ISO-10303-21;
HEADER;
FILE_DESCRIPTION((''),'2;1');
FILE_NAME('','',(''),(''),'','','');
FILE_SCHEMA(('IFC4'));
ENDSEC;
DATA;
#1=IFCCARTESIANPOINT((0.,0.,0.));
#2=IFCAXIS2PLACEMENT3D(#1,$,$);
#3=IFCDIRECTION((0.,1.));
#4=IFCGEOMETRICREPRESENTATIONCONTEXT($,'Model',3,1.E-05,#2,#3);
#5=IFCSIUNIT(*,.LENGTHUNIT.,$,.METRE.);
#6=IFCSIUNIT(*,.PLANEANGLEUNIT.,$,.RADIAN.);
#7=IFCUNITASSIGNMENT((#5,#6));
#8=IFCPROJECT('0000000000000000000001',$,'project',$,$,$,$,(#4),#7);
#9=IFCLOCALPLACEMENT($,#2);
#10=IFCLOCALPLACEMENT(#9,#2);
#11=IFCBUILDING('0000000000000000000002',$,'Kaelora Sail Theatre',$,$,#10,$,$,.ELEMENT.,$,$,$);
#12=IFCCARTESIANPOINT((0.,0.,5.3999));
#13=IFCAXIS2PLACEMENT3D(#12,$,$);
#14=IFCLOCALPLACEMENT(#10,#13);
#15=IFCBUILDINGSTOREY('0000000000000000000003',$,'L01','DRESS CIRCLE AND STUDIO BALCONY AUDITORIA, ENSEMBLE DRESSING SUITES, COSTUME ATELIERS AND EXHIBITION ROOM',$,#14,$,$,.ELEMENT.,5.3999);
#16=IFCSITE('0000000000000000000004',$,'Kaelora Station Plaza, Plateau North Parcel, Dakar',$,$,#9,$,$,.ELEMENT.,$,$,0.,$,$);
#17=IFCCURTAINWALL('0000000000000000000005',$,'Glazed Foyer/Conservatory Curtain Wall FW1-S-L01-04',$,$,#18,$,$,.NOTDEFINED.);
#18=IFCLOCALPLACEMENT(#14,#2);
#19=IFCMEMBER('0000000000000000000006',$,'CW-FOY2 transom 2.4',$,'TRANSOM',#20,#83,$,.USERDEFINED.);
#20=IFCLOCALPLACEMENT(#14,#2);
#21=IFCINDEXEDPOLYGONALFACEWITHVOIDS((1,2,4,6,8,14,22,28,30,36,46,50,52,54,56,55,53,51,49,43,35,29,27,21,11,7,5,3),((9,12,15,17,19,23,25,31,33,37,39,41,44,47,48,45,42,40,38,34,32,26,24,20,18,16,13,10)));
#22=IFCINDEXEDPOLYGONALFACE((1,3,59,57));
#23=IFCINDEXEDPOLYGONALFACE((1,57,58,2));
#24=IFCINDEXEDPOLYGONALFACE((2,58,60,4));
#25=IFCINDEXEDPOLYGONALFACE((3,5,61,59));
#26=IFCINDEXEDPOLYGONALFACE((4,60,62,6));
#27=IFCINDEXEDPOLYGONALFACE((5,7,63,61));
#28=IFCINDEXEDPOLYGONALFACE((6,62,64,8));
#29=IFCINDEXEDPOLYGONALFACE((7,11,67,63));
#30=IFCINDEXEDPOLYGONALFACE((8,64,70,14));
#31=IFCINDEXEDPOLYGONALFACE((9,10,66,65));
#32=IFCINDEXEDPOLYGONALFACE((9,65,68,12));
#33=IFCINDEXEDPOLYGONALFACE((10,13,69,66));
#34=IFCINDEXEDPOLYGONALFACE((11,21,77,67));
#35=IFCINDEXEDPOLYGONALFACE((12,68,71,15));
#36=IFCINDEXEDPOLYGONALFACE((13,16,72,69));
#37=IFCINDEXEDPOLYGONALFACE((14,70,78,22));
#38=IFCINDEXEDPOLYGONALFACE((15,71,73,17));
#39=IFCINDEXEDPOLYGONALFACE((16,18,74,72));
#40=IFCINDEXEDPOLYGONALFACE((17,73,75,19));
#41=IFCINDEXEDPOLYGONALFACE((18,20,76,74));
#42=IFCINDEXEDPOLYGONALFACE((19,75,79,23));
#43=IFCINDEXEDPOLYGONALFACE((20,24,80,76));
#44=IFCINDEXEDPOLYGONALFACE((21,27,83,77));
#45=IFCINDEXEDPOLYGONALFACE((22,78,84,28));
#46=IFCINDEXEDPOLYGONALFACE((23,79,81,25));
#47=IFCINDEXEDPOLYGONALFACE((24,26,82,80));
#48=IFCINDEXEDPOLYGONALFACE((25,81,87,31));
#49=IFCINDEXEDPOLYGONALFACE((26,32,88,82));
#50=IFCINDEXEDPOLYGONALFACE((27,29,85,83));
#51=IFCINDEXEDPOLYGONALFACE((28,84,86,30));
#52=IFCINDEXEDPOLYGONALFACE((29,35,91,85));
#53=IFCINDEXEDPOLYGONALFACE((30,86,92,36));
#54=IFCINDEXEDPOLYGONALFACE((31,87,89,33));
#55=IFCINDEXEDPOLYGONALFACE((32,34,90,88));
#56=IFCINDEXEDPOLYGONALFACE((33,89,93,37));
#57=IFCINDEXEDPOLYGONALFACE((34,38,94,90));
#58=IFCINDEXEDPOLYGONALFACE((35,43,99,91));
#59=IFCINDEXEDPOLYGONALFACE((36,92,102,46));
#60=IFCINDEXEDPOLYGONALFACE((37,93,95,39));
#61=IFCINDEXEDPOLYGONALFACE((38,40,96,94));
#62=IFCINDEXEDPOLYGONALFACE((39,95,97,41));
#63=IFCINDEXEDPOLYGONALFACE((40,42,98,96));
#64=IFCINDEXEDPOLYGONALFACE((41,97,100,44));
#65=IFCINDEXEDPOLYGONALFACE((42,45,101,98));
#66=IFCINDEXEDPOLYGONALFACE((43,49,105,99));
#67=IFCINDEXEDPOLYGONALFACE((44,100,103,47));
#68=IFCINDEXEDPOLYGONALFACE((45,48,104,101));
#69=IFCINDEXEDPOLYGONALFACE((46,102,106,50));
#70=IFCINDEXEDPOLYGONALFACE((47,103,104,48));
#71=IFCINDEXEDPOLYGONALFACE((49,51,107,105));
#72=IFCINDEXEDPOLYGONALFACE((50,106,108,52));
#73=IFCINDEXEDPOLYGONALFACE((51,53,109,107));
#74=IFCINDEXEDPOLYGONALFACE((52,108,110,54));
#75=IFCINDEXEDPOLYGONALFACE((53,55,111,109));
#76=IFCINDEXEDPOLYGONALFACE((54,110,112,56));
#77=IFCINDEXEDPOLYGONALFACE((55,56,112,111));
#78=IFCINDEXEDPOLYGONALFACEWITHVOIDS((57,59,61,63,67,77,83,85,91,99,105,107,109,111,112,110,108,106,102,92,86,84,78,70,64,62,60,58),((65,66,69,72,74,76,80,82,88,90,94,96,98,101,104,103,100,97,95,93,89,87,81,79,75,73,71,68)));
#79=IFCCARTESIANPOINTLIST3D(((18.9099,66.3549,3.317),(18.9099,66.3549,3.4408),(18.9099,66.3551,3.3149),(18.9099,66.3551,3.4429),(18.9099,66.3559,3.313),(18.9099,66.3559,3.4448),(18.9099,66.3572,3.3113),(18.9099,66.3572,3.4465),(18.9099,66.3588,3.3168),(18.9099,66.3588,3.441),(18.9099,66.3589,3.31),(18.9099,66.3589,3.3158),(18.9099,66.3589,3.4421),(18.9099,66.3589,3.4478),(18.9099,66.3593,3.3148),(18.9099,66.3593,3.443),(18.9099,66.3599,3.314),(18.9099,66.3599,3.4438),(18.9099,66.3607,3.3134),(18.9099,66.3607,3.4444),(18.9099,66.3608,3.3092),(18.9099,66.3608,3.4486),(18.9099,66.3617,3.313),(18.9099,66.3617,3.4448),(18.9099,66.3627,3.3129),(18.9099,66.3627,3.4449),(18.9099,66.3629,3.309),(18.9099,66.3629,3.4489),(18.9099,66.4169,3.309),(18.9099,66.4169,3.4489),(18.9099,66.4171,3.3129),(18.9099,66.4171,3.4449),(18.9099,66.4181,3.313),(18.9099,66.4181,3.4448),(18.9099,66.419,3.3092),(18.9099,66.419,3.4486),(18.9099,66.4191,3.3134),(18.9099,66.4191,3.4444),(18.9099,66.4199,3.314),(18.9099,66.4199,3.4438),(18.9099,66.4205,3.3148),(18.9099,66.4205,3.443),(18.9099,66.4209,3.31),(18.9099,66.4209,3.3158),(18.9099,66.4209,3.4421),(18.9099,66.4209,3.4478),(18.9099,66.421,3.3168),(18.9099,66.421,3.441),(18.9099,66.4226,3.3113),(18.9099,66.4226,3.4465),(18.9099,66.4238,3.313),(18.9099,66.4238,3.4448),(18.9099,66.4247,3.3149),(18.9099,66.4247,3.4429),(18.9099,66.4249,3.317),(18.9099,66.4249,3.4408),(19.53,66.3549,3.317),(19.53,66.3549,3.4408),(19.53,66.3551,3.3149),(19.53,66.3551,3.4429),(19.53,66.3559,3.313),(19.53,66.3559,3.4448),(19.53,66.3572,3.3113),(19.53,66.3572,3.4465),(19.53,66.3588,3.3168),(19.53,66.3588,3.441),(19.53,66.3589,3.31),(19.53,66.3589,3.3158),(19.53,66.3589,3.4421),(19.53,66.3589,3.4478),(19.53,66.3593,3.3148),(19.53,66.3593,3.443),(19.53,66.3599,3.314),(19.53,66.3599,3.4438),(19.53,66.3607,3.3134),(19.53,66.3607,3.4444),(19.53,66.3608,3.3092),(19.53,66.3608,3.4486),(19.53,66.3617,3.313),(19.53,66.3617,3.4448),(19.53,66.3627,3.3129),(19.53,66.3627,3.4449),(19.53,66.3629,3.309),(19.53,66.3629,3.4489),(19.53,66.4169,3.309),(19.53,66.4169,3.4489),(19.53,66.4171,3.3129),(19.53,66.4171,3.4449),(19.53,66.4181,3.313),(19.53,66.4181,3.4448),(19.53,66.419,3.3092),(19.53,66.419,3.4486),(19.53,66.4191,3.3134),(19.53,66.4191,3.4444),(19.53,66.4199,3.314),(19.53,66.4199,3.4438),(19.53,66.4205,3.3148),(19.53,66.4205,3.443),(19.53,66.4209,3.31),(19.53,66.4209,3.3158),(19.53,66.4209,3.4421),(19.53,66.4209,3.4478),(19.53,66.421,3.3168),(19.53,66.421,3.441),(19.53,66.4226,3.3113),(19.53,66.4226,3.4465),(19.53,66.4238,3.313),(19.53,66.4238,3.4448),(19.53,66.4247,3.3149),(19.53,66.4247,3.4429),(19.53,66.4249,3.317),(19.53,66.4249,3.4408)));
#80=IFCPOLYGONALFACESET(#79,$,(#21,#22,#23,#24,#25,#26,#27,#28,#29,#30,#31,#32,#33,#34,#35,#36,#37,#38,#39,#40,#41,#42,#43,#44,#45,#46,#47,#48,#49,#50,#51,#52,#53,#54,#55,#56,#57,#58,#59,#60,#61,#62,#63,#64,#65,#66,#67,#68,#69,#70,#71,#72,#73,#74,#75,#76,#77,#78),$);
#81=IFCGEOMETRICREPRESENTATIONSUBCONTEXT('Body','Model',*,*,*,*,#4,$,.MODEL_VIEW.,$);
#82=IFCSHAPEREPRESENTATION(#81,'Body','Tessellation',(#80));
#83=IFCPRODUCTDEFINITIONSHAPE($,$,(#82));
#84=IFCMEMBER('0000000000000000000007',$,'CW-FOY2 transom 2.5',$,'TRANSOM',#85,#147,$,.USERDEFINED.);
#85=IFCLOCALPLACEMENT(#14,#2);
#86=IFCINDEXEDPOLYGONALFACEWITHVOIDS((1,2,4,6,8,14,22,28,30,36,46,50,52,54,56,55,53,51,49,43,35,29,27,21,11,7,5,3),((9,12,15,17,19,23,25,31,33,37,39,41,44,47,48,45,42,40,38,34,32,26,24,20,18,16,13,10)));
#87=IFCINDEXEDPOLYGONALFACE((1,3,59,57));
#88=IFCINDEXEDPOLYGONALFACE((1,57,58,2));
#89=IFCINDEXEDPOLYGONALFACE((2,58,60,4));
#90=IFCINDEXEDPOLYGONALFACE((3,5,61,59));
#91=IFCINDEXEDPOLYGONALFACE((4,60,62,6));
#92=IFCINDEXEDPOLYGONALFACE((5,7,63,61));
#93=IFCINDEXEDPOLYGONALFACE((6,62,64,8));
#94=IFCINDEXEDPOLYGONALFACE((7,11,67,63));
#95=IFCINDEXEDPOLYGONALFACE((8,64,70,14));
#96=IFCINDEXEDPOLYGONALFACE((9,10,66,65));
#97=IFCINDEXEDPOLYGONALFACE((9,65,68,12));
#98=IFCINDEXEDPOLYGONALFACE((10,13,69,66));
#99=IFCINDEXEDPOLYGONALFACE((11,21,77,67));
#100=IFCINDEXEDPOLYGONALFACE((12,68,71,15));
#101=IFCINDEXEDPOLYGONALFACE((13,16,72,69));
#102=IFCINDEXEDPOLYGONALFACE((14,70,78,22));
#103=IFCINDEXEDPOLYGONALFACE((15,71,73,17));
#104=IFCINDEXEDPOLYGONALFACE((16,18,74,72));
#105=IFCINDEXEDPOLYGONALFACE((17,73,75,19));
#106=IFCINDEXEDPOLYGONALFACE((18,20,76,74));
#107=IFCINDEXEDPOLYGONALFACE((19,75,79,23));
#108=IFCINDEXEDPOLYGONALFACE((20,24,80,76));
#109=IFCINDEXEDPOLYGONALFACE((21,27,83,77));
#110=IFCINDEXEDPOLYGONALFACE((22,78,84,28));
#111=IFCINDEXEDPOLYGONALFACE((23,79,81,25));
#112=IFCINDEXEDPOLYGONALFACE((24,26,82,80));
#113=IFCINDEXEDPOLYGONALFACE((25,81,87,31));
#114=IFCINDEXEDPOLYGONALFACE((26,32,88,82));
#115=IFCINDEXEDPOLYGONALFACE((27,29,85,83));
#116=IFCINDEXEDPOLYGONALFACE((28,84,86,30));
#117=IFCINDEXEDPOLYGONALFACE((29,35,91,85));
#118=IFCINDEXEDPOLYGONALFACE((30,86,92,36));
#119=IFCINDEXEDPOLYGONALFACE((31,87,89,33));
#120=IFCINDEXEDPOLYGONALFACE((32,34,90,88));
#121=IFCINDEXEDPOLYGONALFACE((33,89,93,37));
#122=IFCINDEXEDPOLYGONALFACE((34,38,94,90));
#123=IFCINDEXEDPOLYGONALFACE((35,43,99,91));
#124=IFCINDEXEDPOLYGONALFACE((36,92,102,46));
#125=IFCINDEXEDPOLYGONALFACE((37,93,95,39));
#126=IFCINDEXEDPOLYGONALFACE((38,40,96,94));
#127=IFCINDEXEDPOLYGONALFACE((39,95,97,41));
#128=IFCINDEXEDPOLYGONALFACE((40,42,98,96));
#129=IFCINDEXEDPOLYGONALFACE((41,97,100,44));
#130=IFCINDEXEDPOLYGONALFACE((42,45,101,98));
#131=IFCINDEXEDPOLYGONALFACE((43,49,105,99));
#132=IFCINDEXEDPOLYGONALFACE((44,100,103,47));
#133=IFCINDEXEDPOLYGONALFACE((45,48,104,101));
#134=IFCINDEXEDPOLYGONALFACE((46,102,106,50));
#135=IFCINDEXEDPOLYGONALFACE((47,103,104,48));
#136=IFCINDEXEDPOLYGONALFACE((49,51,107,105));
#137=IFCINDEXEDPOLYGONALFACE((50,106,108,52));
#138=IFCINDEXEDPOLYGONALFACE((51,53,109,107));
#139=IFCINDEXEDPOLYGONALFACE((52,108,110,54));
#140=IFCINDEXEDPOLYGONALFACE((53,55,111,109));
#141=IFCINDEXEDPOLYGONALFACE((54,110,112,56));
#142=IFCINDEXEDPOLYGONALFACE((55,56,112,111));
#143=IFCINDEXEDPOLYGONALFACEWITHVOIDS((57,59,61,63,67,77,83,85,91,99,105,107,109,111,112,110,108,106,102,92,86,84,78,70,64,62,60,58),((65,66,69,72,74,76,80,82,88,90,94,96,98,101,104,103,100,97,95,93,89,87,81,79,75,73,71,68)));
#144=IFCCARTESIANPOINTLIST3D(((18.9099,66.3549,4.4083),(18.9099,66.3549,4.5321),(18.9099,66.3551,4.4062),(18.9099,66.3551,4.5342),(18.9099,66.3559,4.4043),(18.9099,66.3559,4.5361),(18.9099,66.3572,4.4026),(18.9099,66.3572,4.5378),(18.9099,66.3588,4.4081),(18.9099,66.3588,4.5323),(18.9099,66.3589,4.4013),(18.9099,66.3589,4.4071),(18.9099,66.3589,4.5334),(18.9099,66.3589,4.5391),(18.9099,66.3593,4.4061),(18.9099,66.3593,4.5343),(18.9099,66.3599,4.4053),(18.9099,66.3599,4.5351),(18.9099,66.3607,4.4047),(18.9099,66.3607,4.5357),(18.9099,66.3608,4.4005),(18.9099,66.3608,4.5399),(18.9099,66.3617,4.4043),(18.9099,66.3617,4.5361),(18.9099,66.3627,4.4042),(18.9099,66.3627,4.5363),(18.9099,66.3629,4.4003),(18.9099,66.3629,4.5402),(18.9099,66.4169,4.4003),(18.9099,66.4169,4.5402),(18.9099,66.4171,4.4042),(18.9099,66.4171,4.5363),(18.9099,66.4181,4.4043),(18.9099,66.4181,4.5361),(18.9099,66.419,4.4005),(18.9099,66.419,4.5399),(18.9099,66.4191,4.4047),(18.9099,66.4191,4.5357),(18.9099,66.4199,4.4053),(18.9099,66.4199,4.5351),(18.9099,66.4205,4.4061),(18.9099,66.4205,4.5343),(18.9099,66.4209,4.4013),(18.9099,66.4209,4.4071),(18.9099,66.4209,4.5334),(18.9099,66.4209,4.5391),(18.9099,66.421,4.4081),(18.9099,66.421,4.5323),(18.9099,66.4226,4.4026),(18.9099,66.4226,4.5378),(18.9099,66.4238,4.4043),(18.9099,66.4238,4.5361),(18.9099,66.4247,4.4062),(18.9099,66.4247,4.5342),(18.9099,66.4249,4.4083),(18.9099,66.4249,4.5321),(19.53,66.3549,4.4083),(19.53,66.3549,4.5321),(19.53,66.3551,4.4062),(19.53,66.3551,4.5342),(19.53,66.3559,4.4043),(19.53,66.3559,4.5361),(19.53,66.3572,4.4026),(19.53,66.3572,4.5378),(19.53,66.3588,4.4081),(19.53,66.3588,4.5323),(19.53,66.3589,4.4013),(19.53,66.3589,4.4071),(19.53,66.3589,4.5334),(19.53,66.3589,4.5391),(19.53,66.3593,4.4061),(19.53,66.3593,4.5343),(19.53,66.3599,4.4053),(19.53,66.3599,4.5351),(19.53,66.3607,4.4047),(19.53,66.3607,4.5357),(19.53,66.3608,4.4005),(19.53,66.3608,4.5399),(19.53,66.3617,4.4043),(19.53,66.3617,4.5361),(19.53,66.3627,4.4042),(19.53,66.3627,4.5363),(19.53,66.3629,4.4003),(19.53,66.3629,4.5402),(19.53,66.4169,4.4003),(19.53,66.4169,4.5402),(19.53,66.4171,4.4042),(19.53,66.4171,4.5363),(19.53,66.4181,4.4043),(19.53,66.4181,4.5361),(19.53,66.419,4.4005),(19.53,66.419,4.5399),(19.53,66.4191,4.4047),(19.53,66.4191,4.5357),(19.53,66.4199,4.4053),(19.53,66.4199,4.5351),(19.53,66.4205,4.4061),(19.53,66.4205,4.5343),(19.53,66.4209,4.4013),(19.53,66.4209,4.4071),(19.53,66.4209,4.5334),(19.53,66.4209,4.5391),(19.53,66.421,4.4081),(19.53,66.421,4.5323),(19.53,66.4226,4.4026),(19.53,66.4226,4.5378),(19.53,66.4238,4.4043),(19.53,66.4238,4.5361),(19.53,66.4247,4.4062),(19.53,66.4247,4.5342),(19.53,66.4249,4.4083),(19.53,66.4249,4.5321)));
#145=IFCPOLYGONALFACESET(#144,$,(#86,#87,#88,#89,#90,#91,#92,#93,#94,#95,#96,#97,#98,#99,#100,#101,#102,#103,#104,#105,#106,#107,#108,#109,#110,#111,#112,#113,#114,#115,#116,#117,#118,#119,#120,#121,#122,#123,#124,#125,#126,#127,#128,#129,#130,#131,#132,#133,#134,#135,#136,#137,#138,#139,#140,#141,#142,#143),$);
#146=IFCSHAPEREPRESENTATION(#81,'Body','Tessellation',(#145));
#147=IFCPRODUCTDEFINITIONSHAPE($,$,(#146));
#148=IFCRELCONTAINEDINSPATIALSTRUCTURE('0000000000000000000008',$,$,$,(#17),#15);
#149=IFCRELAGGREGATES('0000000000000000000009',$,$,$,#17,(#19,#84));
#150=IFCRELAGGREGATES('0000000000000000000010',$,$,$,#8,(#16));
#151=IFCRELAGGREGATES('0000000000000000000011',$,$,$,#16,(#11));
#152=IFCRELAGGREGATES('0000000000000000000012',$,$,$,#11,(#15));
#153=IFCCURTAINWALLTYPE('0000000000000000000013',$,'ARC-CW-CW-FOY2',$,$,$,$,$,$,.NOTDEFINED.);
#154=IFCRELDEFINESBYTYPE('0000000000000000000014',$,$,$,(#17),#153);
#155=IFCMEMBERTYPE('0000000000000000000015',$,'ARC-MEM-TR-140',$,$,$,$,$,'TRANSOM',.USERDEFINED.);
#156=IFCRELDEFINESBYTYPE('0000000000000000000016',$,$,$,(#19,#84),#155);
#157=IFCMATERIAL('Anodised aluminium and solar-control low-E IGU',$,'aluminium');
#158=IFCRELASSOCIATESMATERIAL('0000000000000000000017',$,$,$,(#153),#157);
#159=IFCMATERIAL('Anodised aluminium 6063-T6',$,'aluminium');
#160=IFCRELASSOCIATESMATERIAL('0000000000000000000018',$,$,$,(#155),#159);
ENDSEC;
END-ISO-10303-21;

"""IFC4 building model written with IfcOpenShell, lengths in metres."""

from ifc_helpers import new_model, si_unit, direction, frame, origin, origin_2d, place, context, subcontext, project, spatial, hollow_rectangle, extrude, material, material_profile, profile_set, type_object, element, aggregate, save


model = new_model("IFC4")

# Units and contexts
model_context = context("Model", 3, precision=1e-05, world=origin(), true_north=direction((0.0, 1.0)))
body_context = subcontext(model_context, "Body", "Model", "MODEL_VIEW")
ifc_project = project(units=[si_unit("LENGTHUNIT", "METRE"), si_unit("PLANEANGLEUNIT", "RADIAN")], contexts=[model_context])

# Site, building, storey
site_placement = place(None, origin())
site = spatial("IfcSite", under=ifc_project, at=site_placement, Name="Kaelora Station Plaza, Plateau North Parcel, Dakar", CompositionType="ELEMENT", RefElevation=0.0)
building_placement = place(site_placement, origin())
building = spatial("IfcBuilding", under=site, at=building_placement, Name="Kaelora Sail Theatre", CompositionType="ELEMENT")
storey_placement = place(building_placement, frame((0.0, 0.0, 5.3999)))
storey = spatial("IfcBuildingStorey", under=building, at=storey_placement, Name="L01", Description="DRESS CIRCLE AND STUDIO BALCONY AUDITORIA, ENSEMBLE DRESSING SUITES, COSTUME ATELIERS AND EXHIBITION ROOM", CompositionType="ELEMENT", Elevation=5.3999)

# Curtain wall, members
ifc_material_1 = material(Name="Anodised aluminium and solar-control low-E IGU", Category="aluminium")
curtain_wall_type = type_object("IfcCurtainWallType", Name="ARC-CW-CW-FOY2", PredefinedType="NOTDEFINED", material=ifc_material_1)
curtain_wall_placement = place(storey_placement, origin())
curtain_wall = element("IfcCurtainWall", 1, at=curtain_wall_placement, inside=storey, type_object=curtain_wall_type, Name="Glazed Foyer/Conservatory Curtain Wall FW1-S-L01-04", PredefinedType="NOTDEFINED")
ifc_material_2 = material(Name="Anodised aluminium 6063-T6", Category="aluminium")
ifc_material_profile_1 = material_profile(ifc_material_2, hollow_rectangle(XDim=0.0701, YDim=0.1399, WallThickness=0.0039, InnerFilletRadius=0.0039, OuterFilletRadius=0.0081, at=origin_2d()), Name="ALU-TRAN 70x140x4")
ifc_profile_set_1 = profile_set([ifc_material_profile_1], Name="Anodised aluminium 6063-T6")
member_type_1 = type_object("IfcMemberType", Name="ARC-MEM-TR-140", ElementType="TRANSOM", PredefinedType="USERDEFINED", material=ifc_profile_set_1)
member_1_placement = place(storey_placement, frame((18.9099, 66.3899, 3.3789), z_axis=(1.0, 0.0, 0.0), x_axis=(0.0, 1.0, 0.0)))
member_1 = element("IfcMember", 2, at=member_1_placement, type_object=member_type_1, Name="CW-FOY2 transom 2.4", ObjectType="TRANSOM", PredefinedType="USERDEFINED", context=body_context, shape_type="SweptSolid", body=[
    extrude(hollow_rectangle(XDim=0.0701, YDim=0.1399, WallThickness=0.0039, InnerFilletRadius=0.0039, OuterFilletRadius=0.0081, at=origin_2d()), origin(), (0.0, 0.0, 1.0), 0.6201),
])
member_2_placement = place(storey_placement, frame((18.9099, 66.3899, 4.4702), z_axis=(1.0, 0.0, 0.0), x_axis=(0.0, 1.0, 0.0)))
member_2 = element("IfcMember", 3, at=member_2_placement, type_object=member_type_1, Name="CW-FOY2 transom 2.5", ObjectType="TRANSOM", PredefinedType="USERDEFINED", context=body_context, shape_type="SweptSolid", body=[
    extrude(hollow_rectangle(XDim=0.0701, YDim=0.1399, WallThickness=0.0039, InnerFilletRadius=0.0039, OuterFilletRadius=0.0081, at=origin_2d()), origin(), (0.0, 0.0, 1.0), 0.6201),
])
aggregate(curtain_wall, [member_1, member_2])

save(model, "model.ifc")
